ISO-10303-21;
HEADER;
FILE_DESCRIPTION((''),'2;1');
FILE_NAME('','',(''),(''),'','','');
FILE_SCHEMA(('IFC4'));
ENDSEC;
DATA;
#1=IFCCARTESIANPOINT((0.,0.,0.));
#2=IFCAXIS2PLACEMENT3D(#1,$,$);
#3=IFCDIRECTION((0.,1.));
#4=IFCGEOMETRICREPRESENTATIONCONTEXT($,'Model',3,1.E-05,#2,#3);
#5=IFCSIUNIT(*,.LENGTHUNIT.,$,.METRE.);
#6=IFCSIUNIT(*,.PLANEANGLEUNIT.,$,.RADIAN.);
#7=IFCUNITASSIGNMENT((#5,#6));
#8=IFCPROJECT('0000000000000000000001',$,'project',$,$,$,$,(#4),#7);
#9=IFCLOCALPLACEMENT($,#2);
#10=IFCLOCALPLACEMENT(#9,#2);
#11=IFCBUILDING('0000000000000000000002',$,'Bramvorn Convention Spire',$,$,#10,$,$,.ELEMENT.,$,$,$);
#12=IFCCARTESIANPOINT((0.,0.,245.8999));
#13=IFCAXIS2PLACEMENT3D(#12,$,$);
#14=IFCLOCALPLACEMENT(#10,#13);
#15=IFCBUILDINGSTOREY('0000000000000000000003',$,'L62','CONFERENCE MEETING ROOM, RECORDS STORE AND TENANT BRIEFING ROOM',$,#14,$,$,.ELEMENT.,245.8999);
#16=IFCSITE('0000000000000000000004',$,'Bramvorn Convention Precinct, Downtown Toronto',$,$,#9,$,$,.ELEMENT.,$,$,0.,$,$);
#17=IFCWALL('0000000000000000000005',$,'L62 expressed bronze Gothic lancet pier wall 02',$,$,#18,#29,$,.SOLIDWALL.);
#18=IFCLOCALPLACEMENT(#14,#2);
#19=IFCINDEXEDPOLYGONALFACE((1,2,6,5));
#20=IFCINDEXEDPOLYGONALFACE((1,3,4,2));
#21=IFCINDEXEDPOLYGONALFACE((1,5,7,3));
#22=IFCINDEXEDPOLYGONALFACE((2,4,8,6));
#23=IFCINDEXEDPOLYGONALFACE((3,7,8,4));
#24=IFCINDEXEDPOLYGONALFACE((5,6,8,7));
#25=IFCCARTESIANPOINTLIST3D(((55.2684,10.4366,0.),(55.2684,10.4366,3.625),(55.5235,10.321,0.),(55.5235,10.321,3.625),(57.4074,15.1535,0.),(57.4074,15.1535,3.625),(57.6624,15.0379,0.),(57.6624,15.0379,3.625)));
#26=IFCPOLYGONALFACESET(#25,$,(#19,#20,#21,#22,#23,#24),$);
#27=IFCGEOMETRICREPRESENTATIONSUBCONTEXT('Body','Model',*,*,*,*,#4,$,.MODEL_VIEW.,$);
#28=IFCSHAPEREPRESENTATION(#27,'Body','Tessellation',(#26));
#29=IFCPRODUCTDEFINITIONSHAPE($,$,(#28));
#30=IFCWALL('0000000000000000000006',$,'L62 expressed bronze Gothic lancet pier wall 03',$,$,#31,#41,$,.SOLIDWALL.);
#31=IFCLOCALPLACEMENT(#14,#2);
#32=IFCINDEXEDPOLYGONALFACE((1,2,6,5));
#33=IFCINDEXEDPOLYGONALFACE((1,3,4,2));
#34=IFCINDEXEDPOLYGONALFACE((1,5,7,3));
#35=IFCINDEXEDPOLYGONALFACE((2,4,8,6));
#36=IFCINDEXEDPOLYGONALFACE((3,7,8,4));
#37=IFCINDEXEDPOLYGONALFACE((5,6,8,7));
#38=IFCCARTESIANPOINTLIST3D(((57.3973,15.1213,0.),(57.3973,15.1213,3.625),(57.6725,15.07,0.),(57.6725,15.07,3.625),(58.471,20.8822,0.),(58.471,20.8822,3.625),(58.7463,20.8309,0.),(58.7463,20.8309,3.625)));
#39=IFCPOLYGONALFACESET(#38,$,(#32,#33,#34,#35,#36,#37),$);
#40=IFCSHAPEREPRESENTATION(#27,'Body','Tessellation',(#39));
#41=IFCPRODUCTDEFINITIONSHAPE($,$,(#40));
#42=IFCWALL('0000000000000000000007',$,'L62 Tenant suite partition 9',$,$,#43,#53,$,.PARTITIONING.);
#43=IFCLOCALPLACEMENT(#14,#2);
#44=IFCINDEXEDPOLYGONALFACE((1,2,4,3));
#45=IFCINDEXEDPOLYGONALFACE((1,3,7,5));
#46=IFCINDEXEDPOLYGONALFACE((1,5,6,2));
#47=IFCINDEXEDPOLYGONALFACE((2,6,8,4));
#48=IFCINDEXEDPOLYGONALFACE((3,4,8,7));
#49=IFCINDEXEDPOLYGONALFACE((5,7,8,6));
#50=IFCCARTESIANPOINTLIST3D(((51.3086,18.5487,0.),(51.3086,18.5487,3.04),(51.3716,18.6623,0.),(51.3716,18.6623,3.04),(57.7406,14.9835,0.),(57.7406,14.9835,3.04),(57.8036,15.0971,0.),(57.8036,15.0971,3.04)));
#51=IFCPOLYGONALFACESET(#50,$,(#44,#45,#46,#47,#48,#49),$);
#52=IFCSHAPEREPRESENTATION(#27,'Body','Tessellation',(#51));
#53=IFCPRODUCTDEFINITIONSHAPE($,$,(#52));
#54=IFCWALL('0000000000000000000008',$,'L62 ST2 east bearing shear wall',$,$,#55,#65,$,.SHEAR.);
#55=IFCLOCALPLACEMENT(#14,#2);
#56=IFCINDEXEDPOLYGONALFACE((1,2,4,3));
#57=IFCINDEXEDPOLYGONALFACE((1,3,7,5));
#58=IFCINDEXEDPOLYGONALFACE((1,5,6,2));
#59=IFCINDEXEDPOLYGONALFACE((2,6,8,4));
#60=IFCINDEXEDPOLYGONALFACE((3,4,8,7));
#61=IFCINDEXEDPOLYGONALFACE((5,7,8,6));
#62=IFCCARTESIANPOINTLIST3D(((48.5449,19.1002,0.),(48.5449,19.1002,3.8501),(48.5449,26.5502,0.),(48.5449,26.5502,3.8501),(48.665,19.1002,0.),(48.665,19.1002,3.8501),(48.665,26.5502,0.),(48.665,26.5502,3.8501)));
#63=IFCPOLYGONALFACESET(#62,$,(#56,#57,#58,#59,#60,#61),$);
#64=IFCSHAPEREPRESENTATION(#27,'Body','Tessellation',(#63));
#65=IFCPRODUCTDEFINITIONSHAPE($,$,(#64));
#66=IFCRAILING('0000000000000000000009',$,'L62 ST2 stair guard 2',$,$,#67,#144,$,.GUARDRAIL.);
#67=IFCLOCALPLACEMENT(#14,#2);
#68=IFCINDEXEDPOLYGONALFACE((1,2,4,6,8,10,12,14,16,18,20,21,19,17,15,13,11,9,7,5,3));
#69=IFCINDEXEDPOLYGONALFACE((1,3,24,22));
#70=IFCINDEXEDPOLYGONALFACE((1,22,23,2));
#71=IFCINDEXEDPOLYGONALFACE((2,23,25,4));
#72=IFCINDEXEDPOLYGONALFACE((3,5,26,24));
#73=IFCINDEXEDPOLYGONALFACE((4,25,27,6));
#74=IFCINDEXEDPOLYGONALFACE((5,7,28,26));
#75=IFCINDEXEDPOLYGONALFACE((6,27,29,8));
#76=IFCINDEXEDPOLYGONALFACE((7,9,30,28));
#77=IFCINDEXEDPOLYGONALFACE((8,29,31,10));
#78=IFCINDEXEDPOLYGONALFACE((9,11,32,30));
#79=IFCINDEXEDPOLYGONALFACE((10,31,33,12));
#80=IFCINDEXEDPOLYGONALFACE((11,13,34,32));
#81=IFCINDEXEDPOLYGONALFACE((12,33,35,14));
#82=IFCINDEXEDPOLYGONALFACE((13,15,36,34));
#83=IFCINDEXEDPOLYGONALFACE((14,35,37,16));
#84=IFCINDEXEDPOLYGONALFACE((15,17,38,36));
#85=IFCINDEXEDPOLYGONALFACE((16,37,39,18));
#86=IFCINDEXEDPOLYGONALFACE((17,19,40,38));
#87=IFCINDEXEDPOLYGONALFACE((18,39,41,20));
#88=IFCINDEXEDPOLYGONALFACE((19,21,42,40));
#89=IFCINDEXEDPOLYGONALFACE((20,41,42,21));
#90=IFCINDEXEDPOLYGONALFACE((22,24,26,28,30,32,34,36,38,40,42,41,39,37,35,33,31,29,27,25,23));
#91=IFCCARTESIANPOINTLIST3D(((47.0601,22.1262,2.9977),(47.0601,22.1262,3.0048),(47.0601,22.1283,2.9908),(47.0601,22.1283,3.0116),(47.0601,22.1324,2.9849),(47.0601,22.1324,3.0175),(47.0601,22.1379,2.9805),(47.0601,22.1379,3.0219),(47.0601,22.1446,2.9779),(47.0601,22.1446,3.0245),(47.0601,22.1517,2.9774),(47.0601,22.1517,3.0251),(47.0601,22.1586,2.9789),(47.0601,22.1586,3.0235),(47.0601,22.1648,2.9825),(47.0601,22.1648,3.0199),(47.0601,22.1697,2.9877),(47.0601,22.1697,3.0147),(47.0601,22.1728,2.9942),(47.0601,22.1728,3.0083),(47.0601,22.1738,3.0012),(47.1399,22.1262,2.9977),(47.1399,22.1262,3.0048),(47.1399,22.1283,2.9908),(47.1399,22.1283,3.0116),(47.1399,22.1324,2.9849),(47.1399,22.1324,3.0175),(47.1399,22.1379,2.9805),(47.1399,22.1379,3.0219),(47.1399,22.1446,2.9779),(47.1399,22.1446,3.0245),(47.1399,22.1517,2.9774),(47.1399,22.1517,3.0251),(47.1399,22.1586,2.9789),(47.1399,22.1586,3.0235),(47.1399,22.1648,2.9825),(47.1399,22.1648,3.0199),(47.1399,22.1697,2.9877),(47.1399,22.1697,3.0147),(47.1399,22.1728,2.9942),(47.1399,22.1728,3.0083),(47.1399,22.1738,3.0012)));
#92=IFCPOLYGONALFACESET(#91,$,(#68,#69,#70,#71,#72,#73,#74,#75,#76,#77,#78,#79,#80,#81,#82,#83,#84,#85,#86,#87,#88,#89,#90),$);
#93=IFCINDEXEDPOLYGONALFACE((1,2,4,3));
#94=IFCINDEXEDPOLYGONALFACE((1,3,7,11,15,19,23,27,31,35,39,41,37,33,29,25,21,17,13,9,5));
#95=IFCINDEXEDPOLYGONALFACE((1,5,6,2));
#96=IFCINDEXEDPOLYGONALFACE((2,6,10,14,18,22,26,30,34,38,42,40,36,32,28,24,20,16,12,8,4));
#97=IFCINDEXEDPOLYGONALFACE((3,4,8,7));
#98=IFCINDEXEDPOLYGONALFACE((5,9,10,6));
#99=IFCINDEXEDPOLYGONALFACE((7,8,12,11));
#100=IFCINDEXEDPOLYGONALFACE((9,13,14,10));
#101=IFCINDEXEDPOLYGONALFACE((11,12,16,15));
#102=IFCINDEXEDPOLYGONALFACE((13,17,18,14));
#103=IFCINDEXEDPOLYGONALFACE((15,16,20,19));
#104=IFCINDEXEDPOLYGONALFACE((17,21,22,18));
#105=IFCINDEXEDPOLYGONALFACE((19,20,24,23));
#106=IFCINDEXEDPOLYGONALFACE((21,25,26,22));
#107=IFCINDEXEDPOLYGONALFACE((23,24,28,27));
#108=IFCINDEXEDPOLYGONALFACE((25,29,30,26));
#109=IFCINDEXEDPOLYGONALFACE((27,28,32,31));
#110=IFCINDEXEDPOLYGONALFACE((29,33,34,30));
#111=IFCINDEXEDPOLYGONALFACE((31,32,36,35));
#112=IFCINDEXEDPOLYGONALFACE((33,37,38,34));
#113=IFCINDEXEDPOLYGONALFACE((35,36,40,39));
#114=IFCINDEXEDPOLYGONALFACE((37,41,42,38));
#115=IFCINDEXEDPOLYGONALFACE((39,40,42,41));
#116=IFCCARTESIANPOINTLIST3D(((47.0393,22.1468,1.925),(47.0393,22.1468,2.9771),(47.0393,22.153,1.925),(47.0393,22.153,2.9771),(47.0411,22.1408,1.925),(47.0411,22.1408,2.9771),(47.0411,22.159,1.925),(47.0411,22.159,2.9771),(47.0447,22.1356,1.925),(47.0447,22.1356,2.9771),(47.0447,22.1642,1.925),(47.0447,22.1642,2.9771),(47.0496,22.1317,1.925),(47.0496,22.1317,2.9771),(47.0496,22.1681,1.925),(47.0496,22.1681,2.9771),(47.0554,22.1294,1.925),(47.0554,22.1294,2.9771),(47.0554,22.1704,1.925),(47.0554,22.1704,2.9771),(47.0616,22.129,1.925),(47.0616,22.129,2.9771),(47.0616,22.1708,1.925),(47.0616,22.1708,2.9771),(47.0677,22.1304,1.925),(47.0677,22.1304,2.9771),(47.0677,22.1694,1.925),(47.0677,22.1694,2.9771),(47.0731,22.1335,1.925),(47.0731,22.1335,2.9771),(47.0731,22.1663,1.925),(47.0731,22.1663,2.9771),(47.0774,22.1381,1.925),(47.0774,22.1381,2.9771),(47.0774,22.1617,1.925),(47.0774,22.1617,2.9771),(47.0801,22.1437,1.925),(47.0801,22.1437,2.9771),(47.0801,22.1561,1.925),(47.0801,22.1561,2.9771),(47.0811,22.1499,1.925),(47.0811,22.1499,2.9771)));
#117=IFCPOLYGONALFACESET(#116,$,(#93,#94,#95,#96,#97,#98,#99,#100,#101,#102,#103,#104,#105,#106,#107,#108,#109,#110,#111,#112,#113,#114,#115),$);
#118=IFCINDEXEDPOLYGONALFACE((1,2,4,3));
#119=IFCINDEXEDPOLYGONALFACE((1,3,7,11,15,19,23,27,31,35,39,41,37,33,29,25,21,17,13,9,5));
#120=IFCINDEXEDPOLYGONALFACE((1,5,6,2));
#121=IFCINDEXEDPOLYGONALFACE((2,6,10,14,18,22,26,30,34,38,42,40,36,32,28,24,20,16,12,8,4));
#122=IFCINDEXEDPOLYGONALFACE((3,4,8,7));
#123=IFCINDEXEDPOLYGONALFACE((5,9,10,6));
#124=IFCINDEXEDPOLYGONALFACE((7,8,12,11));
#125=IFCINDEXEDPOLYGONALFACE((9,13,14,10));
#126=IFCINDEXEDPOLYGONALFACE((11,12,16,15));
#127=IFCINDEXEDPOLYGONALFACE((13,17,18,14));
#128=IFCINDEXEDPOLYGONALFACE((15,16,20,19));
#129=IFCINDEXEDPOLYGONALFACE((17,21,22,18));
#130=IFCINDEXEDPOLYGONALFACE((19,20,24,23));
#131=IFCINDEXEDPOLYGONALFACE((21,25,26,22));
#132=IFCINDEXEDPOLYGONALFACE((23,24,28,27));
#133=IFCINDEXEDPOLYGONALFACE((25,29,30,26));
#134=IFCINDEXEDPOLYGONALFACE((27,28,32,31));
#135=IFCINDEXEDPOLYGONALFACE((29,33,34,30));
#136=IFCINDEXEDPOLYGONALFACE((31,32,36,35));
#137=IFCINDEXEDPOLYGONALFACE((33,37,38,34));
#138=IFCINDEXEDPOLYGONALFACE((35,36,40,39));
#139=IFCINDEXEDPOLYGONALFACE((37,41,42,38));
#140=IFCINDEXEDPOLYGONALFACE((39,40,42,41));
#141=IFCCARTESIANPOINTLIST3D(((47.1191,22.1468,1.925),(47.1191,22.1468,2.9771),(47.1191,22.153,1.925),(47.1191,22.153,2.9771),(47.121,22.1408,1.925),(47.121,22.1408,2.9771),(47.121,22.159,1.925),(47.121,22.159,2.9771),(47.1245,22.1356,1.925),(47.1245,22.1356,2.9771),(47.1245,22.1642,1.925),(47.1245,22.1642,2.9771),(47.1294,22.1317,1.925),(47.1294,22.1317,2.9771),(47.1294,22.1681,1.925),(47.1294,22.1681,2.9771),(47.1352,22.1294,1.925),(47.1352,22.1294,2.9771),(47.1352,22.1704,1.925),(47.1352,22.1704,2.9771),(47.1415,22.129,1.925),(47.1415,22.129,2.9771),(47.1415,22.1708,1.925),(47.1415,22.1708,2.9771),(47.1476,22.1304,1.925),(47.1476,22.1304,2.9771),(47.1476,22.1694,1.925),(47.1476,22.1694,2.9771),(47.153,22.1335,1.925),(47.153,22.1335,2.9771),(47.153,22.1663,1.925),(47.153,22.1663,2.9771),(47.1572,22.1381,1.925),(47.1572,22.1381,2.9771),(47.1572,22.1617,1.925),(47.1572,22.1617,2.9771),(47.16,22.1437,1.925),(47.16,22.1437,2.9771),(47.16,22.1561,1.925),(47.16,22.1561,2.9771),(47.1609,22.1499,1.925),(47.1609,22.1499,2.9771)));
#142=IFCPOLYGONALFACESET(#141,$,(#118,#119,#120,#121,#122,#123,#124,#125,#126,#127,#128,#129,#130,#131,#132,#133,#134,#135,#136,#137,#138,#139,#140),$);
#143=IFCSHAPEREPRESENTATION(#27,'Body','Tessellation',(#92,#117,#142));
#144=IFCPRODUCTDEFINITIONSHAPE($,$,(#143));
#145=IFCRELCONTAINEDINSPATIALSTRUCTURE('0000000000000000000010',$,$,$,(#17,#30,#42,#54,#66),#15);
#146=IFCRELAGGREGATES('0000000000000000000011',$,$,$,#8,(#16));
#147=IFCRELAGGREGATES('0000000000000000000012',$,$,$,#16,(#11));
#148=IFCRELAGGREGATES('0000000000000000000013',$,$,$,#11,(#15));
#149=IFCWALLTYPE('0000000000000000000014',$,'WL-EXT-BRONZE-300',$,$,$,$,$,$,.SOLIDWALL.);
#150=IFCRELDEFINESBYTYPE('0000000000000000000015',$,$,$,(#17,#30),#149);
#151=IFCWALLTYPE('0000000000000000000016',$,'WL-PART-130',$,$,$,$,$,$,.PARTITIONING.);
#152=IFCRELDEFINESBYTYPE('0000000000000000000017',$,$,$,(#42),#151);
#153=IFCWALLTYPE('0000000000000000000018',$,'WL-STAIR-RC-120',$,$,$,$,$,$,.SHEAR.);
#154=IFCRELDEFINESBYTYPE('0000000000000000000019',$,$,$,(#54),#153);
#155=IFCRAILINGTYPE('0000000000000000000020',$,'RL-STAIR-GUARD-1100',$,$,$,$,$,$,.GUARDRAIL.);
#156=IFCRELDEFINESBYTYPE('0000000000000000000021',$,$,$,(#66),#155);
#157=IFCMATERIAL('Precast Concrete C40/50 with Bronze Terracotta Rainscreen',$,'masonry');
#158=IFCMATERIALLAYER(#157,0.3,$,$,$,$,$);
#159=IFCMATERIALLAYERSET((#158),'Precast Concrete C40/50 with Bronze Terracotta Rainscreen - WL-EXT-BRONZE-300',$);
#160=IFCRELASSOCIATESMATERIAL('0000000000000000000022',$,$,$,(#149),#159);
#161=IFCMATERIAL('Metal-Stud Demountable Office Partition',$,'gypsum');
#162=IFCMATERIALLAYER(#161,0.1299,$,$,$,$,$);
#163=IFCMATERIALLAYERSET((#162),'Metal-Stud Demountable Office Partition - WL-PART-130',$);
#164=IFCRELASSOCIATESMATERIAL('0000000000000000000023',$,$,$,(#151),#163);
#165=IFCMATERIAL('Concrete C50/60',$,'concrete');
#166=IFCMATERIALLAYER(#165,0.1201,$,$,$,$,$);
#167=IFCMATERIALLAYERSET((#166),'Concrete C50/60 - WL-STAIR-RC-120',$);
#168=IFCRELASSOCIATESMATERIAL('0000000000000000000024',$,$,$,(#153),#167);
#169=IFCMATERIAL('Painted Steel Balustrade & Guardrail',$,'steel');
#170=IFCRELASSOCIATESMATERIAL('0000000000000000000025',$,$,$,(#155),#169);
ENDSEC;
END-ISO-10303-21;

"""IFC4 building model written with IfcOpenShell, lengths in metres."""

from ifc_helpers import new_model, si_unit, direction, frame, frame_2d, origin, origin_2d, place, context, subcontext, project, spatial, rectangle, circle, extrude, material, layer, layer_set, type_object, element, save


model = new_model("IFC4")

# Units and contexts
model_context = context("Model", 3, precision=1e-05, world=origin(), true_north=direction((0.0, 1.0)))
body_context = subcontext(model_context, "Body", "Model", "MODEL_VIEW")
ifc_project = project(units=[si_unit("LENGTHUNIT", "METRE"), si_unit("PLANEANGLEUNIT", "RADIAN")], contexts=[model_context])

# Site, building, storey
site_placement = place(None, origin())
site = spatial("IfcSite", under=ifc_project, at=site_placement, Name="Bramvorn Convention Precinct, Downtown Toronto", CompositionType="ELEMENT", RefElevation=0.0)
building_placement = place(site_placement, origin())
building = spatial("IfcBuilding", under=site, at=building_placement, Name="Bramvorn Convention Spire", CompositionType="ELEMENT")
storey_placement = place(building_placement, frame((0.0, 0.0, 245.8999)))
storey = spatial("IfcBuildingStorey", under=building, at=storey_placement, Name="L62", Description="CONFERENCE MEETING ROOM, RECORDS STORE AND TENANT BRIEFING ROOM", CompositionType="ELEMENT", Elevation=245.8999)

# Shared definitions
ifc_material_1 = material(Name="Concrete C50/60", Category="concrete")

# Walls
ifc_material_2 = material(Name="Precast Concrete C40/50 with Bronze Terracotta Rainscreen", Category="masonry")
ifc_layer_1 = layer(ifc_material_2, 0.3)
ifc_layer_set_1 = layer_set([ifc_layer_1], Name="Precast Concrete C40/50 with Bronze Terracotta Rainscreen - WL-EXT-BRONZE-300")
wall_type_1 = type_object("IfcWallType", Name="WL-EXT-BRONZE-300", PredefinedType="SOLIDWALL", material=ifc_layer_set_1)
wall_1_placement = place(storey_placement, frame((57.5349, 15.0957, 0.0), z_axis=(0.0, 0.0, 1.0), x_axis=(-0.412989, -0.910736, 0.0)))
element("IfcWall", 1, at=wall_1_placement, inside=storey, type_object=wall_type_1, Name="L62 expressed bronze Gothic lancet pier wall 02", PredefinedType="SOLIDWALL", context=body_context, shape_type="SweptSolid", body=[
    extrude(rectangle(XDim=5.1792, YDim=0.28, at=frame_2d((2.5896, 0.0))), origin(), (0.0, 0.0, 1.0), 3.625),
])
wall_2_placement = place(storey_placement, frame((58.6086, 20.8567, 0.0), z_axis=(0.0, 0.0, 1.0), x_axis=(-0.183224, -0.983071, 0.0)))
element("IfcWall", 2, at=wall_2_placement, inside=storey, type_object=wall_type_1, Name="L62 expressed bronze Gothic lancet pier wall 03", PredefinedType="SOLIDWALL", context=body_context, shape_type="SweptSolid", body=[
    extrude(rectangle(XDim=5.8601, YDim=0.28, at=frame_2d((2.9302, 0.0))), origin(), (0.0, 0.0, 1.0), 3.625),
])
ifc_material_3 = material(Name="Metal-Stud Demountable Office Partition", Category="gypsum")
ifc_layer_2 = layer(ifc_material_3, 0.1299)
ifc_layer_set_2 = layer_set([ifc_layer_2], Name="Metal-Stud Demountable Office Partition - WL-PART-130")
wall_type_2 = type_object("IfcWallType", Name="WL-PART-130", PredefinedType="PARTITIONING", material=ifc_layer_set_2)
wall_3_placement = place(storey_placement, frame((51.3401, 18.6055, 0.0), z_axis=(0.0, 0.0, 1.0), x_axis=(0.874631, -0.484789, 0.0)))
element("IfcWall", 3, at=wall_3_placement, inside=storey, type_object=wall_type_2, Name="L62 Tenant suite partition 9", PredefinedType="PARTITIONING", context=body_context, shape_type="SweptSolid", body=[
    extrude(rectangle(XDim=7.354, YDim=0.1299, at=frame_2d((3.677, 0.0))), origin(), (0.0, 0.0, 1.0), 3.04),
])
ifc_layer_3 = layer(ifc_material_1, 0.1201)
ifc_layer_set_3 = layer_set([ifc_layer_3], Name="Concrete C50/60 - WL-STAIR-RC-120")
wall_type_3 = type_object("IfcWallType", Name="WL-STAIR-RC-120", PredefinedType="SHEAR", material=ifc_layer_set_3)
wall_4_placement = place(storey_placement, frame((48.605, 19.1001, 0.0), z_axis=(0.0, 0.0, 1.0), x_axis=(0.0, 1.0, 0.0)))
element("IfcWall", 4, at=wall_4_placement, inside=storey, type_object=wall_type_3, Name="L62 ST2 east bearing shear wall", PredefinedType="SHEAR", context=body_context, shape_type="SweptSolid", body=[
    extrude(rectangle(XDim=7.45, YDim=0.1201, at=frame_2d((3.7251, 0.0))), origin(), (0.0, 0.0, 1.0), 3.8501),
])

# Railing
ifc_material_4 = material(Name="Painted Steel Balustrade & Guardrail", Category="steel")
railing_type = type_object("IfcRailingType", Name="RL-STAIR-GUARD-1100", PredefinedType="GUARDRAIL", material=ifc_material_4)
railing_1_placement = place(storey_placement, frame((47.0601, 22.1499, 1.925)))
element("IfcRailing", 5, at=railing_1_placement, inside=storey, type_object=railing_type, Name="L62 ST2 stair guard 2", PredefinedType="GUARDRAIL", context=body_context, shape_type="SweptSolid", body=[
    extrude(circle(Radius=0.0239, at=origin_2d()), frame((0.0, 0.0, 1.0762), z_axis=(1.0, 0.0, 0.0), x_axis=(0.0, 1.0, 0.0)), (0.0, 0.0, 1.0), 0.0798),
    extrude(circle(Radius=0.021, at=origin_2d()), origin(), (0.0, 0.0, 1.0), 1.052),
    extrude(circle(Radius=0.021, at=origin_2d()), frame((0.0798, 0.0, 0.0)), (0.0, 0.0, 1.0), 1.052),
])

save(model, "model.ifc")
